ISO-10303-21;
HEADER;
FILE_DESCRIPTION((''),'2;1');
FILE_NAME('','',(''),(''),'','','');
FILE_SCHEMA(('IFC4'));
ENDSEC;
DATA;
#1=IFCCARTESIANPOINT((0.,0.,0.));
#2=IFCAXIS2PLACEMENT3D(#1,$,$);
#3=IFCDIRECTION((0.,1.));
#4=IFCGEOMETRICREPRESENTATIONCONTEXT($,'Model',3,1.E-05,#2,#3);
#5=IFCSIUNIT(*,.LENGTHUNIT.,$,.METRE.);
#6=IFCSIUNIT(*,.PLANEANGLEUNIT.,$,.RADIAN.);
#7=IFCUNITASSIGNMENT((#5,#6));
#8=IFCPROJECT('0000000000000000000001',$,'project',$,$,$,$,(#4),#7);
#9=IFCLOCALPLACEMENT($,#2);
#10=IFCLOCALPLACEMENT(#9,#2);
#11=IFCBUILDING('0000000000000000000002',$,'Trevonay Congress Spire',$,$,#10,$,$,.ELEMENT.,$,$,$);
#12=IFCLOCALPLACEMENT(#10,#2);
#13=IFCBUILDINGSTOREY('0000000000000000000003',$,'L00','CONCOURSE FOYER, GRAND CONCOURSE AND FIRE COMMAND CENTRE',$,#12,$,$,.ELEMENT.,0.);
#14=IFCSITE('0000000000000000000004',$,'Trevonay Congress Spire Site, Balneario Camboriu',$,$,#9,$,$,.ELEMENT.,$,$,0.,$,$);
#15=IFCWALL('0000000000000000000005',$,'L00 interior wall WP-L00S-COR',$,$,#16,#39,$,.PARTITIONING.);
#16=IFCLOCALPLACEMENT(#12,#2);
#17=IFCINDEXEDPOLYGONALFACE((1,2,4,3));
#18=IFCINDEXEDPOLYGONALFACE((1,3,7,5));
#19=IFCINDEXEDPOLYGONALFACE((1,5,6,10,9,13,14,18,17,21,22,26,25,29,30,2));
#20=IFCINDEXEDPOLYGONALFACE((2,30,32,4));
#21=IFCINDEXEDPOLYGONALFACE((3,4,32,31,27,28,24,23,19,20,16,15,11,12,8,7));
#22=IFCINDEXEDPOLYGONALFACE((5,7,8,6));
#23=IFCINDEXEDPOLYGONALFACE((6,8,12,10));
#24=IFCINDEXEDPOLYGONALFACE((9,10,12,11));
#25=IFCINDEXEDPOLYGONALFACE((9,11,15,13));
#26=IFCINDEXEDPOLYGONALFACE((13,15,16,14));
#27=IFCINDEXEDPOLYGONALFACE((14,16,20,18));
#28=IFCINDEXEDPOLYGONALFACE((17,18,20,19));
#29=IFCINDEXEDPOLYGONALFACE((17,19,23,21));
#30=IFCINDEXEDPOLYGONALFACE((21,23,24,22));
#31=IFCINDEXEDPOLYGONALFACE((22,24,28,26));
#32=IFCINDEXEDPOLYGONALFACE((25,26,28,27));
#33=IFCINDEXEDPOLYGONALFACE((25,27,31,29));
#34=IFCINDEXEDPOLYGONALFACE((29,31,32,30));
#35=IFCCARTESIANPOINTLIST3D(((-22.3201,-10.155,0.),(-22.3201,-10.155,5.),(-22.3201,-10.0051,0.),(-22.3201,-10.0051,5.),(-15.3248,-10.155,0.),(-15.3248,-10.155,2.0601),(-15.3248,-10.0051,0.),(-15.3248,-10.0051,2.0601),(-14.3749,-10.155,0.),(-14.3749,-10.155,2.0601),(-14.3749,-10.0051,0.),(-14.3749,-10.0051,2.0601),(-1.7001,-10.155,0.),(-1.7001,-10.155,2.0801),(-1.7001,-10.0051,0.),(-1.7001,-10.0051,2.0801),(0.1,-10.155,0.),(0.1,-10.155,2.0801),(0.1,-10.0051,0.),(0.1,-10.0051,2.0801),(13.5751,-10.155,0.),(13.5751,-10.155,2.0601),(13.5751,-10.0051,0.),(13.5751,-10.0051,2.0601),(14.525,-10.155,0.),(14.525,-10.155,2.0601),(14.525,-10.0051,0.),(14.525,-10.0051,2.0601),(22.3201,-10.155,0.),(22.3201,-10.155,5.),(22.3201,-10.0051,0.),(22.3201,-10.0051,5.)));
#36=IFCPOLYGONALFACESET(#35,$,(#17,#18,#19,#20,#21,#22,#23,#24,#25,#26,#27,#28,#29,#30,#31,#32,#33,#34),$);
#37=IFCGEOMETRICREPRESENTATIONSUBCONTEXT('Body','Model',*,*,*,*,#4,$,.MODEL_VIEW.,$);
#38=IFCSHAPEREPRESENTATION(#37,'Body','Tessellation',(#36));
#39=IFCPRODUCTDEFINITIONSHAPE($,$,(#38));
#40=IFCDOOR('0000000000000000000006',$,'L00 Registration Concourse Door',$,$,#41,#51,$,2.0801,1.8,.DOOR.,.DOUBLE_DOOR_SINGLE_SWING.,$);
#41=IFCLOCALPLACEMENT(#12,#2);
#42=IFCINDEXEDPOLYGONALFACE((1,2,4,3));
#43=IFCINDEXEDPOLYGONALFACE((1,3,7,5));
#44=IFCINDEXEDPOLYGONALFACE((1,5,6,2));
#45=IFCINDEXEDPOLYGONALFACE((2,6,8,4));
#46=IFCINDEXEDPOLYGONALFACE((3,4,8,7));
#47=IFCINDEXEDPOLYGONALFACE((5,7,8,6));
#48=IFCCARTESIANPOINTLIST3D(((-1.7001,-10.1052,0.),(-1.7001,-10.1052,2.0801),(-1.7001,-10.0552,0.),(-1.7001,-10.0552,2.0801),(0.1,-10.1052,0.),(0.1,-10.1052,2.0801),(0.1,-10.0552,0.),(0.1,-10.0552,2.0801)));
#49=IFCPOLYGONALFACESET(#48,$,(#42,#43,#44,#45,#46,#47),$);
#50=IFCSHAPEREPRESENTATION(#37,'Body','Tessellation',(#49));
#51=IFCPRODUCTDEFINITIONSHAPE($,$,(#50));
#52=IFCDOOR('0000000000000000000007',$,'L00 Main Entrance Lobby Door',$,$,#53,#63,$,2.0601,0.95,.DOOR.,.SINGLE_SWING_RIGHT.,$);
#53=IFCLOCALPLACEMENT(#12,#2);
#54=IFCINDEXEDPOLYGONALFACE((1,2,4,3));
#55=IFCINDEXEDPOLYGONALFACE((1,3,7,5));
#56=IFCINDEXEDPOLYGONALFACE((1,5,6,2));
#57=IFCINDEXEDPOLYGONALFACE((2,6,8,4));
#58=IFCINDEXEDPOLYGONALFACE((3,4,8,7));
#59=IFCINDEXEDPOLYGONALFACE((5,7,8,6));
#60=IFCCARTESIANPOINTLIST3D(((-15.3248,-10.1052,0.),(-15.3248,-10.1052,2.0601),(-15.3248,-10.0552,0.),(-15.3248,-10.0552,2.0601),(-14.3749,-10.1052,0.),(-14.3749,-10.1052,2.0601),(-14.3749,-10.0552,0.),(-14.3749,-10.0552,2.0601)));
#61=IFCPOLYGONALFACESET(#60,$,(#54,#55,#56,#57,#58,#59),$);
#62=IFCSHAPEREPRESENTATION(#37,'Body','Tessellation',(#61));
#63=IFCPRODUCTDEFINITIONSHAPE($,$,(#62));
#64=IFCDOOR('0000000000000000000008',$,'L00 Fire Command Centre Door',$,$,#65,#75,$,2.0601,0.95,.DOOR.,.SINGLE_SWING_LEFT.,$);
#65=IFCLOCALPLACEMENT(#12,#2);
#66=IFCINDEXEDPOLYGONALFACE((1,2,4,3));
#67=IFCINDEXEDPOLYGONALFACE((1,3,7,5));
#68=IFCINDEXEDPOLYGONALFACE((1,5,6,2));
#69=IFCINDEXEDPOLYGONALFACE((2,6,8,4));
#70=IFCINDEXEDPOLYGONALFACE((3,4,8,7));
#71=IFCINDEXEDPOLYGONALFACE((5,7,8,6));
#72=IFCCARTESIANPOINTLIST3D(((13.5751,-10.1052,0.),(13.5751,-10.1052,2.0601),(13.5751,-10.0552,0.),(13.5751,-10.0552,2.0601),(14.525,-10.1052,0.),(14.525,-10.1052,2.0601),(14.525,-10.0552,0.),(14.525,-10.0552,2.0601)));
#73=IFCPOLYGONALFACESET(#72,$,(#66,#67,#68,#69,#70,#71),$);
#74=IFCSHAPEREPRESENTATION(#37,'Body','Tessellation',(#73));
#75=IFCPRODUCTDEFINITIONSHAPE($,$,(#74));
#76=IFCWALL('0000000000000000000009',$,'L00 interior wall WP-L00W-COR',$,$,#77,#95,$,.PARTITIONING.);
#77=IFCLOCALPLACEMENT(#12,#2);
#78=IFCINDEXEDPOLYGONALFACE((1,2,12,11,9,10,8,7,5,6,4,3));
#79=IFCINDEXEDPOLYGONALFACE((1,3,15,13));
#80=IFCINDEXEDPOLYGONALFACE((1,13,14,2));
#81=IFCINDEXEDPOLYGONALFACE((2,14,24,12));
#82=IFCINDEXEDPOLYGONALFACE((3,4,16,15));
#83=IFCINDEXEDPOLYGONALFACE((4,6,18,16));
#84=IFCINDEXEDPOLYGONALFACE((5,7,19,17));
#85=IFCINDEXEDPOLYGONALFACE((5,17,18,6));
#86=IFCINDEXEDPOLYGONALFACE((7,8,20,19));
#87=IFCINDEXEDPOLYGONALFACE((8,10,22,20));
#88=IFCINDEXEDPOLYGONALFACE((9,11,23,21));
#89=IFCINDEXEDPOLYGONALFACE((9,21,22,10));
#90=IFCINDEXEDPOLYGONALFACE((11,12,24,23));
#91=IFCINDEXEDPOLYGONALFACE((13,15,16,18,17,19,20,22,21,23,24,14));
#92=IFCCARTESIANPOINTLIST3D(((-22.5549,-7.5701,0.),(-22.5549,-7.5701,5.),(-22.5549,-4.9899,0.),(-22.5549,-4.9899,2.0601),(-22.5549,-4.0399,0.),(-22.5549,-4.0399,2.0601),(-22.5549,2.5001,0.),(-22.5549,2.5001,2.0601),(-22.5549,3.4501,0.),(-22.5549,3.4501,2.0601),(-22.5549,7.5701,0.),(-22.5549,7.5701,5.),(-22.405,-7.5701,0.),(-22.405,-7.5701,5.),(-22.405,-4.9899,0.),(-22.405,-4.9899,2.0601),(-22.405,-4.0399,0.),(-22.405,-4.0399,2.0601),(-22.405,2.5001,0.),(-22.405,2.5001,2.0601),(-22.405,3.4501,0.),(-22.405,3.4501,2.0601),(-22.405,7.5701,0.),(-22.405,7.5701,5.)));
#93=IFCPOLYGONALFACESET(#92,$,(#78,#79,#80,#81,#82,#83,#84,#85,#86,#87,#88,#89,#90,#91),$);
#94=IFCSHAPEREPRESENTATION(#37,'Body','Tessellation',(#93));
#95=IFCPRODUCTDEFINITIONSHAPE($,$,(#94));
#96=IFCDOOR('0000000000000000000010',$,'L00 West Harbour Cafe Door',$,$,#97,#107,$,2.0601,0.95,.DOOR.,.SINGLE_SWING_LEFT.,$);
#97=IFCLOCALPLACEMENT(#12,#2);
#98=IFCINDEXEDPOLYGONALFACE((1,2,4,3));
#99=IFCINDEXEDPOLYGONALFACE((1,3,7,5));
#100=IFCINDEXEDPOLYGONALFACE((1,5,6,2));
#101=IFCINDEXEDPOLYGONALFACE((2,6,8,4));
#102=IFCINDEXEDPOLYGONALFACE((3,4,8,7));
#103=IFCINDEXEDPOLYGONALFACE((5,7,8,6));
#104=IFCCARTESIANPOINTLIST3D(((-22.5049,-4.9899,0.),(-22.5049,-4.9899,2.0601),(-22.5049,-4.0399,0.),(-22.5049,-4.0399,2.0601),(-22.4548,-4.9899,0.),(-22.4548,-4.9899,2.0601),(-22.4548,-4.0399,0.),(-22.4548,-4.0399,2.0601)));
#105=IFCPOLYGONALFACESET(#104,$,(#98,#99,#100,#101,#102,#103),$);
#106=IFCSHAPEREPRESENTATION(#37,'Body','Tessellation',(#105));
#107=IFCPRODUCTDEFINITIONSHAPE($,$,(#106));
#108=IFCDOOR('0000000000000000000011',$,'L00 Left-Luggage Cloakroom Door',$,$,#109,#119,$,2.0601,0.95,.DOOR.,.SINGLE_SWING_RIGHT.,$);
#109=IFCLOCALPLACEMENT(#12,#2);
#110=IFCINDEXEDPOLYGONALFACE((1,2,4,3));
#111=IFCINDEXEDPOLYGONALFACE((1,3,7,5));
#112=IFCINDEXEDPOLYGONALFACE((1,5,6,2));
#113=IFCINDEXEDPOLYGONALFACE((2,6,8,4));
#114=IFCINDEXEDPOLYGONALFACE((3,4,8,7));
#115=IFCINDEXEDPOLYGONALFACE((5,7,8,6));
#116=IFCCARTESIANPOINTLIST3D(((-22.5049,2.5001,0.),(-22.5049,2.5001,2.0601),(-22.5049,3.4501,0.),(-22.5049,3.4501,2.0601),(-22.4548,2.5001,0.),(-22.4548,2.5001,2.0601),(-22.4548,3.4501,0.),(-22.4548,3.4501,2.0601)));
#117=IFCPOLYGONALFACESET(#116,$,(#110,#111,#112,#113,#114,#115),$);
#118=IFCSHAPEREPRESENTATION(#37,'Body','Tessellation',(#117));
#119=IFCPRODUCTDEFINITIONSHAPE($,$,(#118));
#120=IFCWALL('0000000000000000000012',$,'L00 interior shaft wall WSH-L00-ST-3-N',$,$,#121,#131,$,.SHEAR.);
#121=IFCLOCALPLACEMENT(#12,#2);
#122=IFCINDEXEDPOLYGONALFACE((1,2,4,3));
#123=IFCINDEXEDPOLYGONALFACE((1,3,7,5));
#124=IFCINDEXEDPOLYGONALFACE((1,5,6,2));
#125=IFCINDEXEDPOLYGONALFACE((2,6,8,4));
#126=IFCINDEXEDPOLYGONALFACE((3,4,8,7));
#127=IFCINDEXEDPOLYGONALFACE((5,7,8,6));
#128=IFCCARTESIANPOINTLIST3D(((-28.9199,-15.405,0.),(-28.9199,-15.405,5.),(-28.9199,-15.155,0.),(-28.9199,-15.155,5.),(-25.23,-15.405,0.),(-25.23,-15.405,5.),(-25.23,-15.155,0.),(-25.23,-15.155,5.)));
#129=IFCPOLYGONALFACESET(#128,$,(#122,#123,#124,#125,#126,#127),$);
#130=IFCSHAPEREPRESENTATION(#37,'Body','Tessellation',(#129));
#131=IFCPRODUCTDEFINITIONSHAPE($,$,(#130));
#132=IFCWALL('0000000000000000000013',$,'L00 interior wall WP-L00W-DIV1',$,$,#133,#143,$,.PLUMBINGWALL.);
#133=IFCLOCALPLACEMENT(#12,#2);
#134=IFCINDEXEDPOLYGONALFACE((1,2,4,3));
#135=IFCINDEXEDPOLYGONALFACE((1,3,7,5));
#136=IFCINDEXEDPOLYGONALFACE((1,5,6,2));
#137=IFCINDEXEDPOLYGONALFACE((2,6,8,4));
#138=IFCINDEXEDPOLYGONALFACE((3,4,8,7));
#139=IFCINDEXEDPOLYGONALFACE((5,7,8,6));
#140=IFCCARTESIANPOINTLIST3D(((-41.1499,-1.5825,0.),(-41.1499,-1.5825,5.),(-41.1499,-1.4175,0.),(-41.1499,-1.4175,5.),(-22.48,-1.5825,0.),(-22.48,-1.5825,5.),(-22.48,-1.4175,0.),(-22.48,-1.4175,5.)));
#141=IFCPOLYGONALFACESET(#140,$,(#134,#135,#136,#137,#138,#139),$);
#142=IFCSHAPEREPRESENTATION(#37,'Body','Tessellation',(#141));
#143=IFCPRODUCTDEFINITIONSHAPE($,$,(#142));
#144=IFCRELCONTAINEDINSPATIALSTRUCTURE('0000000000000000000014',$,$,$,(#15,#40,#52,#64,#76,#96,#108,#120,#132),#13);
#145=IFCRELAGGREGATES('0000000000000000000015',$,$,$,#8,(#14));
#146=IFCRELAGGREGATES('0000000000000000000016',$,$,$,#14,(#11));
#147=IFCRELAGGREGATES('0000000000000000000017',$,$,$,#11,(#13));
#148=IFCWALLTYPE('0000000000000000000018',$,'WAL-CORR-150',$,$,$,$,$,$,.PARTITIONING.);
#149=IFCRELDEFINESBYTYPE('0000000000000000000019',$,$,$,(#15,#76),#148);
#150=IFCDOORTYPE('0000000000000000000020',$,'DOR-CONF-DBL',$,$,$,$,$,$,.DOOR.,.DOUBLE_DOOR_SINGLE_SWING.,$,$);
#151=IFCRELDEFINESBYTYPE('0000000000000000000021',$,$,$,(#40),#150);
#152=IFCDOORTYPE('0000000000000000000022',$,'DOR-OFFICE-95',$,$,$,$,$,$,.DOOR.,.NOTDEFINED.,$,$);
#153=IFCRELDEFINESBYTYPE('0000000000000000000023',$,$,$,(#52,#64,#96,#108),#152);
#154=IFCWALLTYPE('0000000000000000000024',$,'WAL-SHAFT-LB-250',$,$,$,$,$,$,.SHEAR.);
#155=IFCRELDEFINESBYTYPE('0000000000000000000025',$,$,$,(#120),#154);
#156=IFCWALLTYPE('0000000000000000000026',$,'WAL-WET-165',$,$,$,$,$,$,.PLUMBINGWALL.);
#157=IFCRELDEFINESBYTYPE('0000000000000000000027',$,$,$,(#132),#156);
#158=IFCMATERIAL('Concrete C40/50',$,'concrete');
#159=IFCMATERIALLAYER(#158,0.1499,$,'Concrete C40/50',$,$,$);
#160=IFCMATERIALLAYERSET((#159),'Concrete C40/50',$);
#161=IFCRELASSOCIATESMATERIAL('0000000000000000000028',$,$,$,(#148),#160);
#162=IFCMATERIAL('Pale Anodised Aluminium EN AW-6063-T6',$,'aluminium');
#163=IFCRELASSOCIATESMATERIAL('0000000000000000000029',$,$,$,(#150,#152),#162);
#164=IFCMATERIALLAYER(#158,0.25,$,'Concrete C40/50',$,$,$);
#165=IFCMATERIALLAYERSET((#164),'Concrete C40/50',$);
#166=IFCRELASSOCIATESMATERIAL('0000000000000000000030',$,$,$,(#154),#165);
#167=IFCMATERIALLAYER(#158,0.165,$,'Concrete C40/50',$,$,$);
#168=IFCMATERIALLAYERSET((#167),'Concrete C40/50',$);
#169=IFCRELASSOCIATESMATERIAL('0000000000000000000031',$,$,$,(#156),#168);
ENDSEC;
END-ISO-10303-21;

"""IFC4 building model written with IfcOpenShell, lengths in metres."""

from ifc_helpers import new_model, si_unit, direction, frame, frame_2d, origin, place, context, subcontext, project, spatial, rectangle, extrude, material, layer, layer_set, type_object, element, fill, save


model = new_model("IFC4")

# Units and contexts
model_context = context("Model", 3, precision=1e-05, world=origin(), true_north=direction((0.0, 1.0)))
body_context = subcontext(model_context, "Body", "Model", "MODEL_VIEW")
ifc_project = project(units=[si_unit("LENGTHUNIT", "METRE"), si_unit("PLANEANGLEUNIT", "RADIAN")], contexts=[model_context])

# Site, building, storey
site_placement = place(None, origin())
site = spatial("IfcSite", under=ifc_project, at=site_placement, Name="Trevonay Congress Spire Site, Balneario Camboriu", CompositionType="ELEMENT", RefElevation=0.0)
building_placement = place(site_placement, origin())
building = spatial("IfcBuilding", under=site, at=building_placement, Name="Trevonay Congress Spire", CompositionType="ELEMENT")
storey_placement = place(building_placement, origin())
storey = spatial("IfcBuildingStorey", under=building, at=storey_placement, Name="L00", Description="CONCOURSE FOYER, GRAND CONCOURSE AND FIRE COMMAND CENTRE", CompositionType="ELEMENT", Elevation=0.0)

# Shared definitions
ifc_material_1 = material(Name="Concrete C40/50", Category="concrete")

# Walls, openings, doors
ifc_layer_1 = layer(ifc_material_1, 0.1499, Name="Concrete C40/50")
ifc_layer_set_1 = layer_set([ifc_layer_1], Name="Concrete C40/50")
wall_type_1 = type_object("IfcWallType", Name="WAL-CORR-150", PredefinedType="PARTITIONING", material=ifc_layer_set_1)
wall_1_placement = place(storey_placement, frame((-22.3201, -10.0801, 0.0), z_axis=(0.0, 0.0, 1.0), x_axis=(1.0, 0.0, 0.0)))
wall_1 = element("IfcWall", 1, at=wall_1_placement, inside=storey, type_object=wall_type_1, Name="L00 interior wall WP-L00S-COR", PredefinedType="PARTITIONING", context=body_context, shape_type="SweptSolid", body=[
    extrude(rectangle(XDim=44.6401, YDim=0.1499, at=frame_2d((22.3201, 0.0))), origin(), (0.0, 0.0, 1.0), 5.0),
])
opening_1_placement = place(wall_1_placement, frame((6.9951, 0.0, 0.0)))
opening_1 = element("IfcOpeningElement", 2, at=opening_1_placement, cuts=wall_1, PredefinedType="OPENING", context=body_context, shape_type="SweptSolid", body=[
    extrude(rectangle(XDim=0.95, YDim=2.0601, at=frame_2d((0.4751, 1.03))), frame((0.0, 0.085, 0.0), z_axis=(0.0, -1.0, 0.0), x_axis=(1.0, 0.0, 0.0)), (0.0, 0.0, 1.0), 0.1699),
])
opening_2_placement = place(wall_1_placement, frame((20.6201, 0.0, 0.0)))
opening_2 = element("IfcOpeningElement", 3, at=opening_2_placement, cuts=wall_1, PredefinedType="OPENING", context=body_context, shape_type="SweptSolid", body=[
    extrude(rectangle(XDim=1.8, YDim=2.0801, at=frame_2d((0.8999, 1.04))), frame((0.0, 0.085, 0.0), z_axis=(0.0, -1.0, 0.0), x_axis=(1.0, 0.0, 0.0)), (0.0, 0.0, 1.0), 0.1699),
])
opening_3_placement = place(wall_1_placement, frame((35.895, 0.0, 0.0)))
opening_3 = element("IfcOpeningElement", 4, at=opening_3_placement, cuts=wall_1, PredefinedType="OPENING", context=body_context, shape_type="SweptSolid", body=[
    extrude(rectangle(XDim=0.95, YDim=2.0601, at=frame_2d((0.4751, 1.03))), frame((0.0, 0.085, 0.0), z_axis=(0.0, -1.0, 0.0), x_axis=(1.0, 0.0, 0.0)), (0.0, 0.0, 1.0), 0.1699),
])
ifc_material_2 = material(Name="Pale Anodised Aluminium EN AW-6063-T6", Category="aluminium")
door_type_1 = type_object("IfcDoorType", Name="DOR-CONF-DBL", OperationType="DOUBLE_DOOR_SINGLE_SWING", PredefinedType="DOOR", material=ifc_material_2)
door_1_placement = place(opening_2_placement, origin())
door_1 = element("IfcDoor", 5, at=door_1_placement, inside=storey, type_object=door_type_1, Name="L00 Registration Concourse Door", OperationType="DOUBLE_DOOR_SINGLE_SWING", OverallHeight=2.0801, OverallWidth=1.8, PredefinedType="DOOR", context=body_context, shape_type="SweptSolid", body=[
    extrude(rectangle(XDim=1.8, YDim=2.0801, at=frame_2d((0.8999, 1.04))), frame((0.0, 0.0249, 0.0), z_axis=(0.0, -1.0, 0.0), x_axis=(1.0, 0.0, 0.0)), (0.0, 0.0, 1.0), 0.05),
])
fill(opening_2, door_1)
door_type_2 = type_object("IfcDoorType", Name="DOR-OFFICE-95", OperationType="NOTDEFINED", PredefinedType="DOOR", material=ifc_material_2)
door_2_placement = place(opening_1_placement, origin())
door_2 = element("IfcDoor", 6, at=door_2_placement, inside=storey, type_object=door_type_2, Name="L00 Main Entrance Lobby Door", OperationType="SINGLE_SWING_RIGHT", OverallHeight=2.0601, OverallWidth=0.95, PredefinedType="DOOR", context=body_context, shape_type="SweptSolid", body=[
    extrude(rectangle(XDim=0.95, YDim=2.0601, at=frame_2d((0.4751, 1.03))), frame((0.0, 0.0249, 0.0), z_axis=(0.0, -1.0, 0.0), x_axis=(1.0, 0.0, 0.0)), (0.0, 0.0, 1.0), 0.05),
])
fill(opening_1, door_2)
door_3_placement = place(opening_3_placement, origin())
door_3 = element("IfcDoor", 7, at=door_3_placement, inside=storey, type_object=door_type_2, Name="L00 Fire Command Centre Door", OperationType="SINGLE_SWING_LEFT", OverallHeight=2.0601, OverallWidth=0.95, PredefinedType="DOOR", context=body_context, shape_type="SweptSolid", body=[
    extrude(rectangle(XDim=0.95, YDim=2.0601, at=frame_2d((0.4751, 1.03))), frame((0.0, 0.0249, 0.0), z_axis=(0.0, -1.0, 0.0), x_axis=(1.0, 0.0, 0.0)), (0.0, 0.0, 1.0), 0.05),
])
fill(opening_3, door_3)
wall_2_placement = place(storey_placement, frame((-22.48, -7.5701, 0.0), z_axis=(0.0, 0.0, 1.0), x_axis=(0.0, 1.0, 0.0)))
wall_2 = element("IfcWall", 8, at=wall_2_placement, inside=storey, type_object=wall_type_1, Name="L00 interior wall WP-L00W-COR", PredefinedType="PARTITIONING", context=body_context, shape_type="SweptSolid", body=[
    extrude(rectangle(XDim=15.1401, YDim=0.1499, at=frame_2d((7.5701, 0.0))), origin(), (0.0, 0.0, 1.0), 5.0),
])
opening_4_placement = place(wall_2_placement, frame((2.5801, 0.0, 0.0)))
opening_4 = element("IfcOpeningElement", 9, at=opening_4_placement, cuts=wall_2, PredefinedType="OPENING", context=body_context, shape_type="SweptSolid", body=[
    extrude(rectangle(XDim=0.95, YDim=2.0601, at=frame_2d((0.4751, 1.03))), frame((0.0, 0.085, 0.0), z_axis=(0.0, -1.0, 0.0), x_axis=(1.0, 0.0, 0.0)), (0.0, 0.0, 1.0), 0.1699),
])
opening_5_placement = place(wall_2_placement, frame((10.0701, 0.0, 0.0)))
opening_5 = element("IfcOpeningElement", 10, at=opening_5_placement, cuts=wall_2, PredefinedType="OPENING", context=body_context, shape_type="SweptSolid", body=[
    extrude(rectangle(XDim=0.95, YDim=2.0601, at=frame_2d((0.4751, 1.03))), frame((0.0, 0.085, 0.0), z_axis=(0.0, -1.0, 0.0), x_axis=(1.0, 0.0, 0.0)), (0.0, 0.0, 1.0), 0.1699),
])
door_4_placement = place(opening_4_placement, origin())
door_4 = element("IfcDoor", 11, at=door_4_placement, inside=storey, type_object=door_type_2, Name="L00 West Harbour Cafe Door", OperationType="SINGLE_SWING_LEFT", OverallHeight=2.0601, OverallWidth=0.95, PredefinedType="DOOR", context=body_context, shape_type="SweptSolid", body=[
    extrude(rectangle(XDim=0.95, YDim=2.0601, at=frame_2d((0.4751, 1.03))), frame((0.0, 0.0249, 0.0), z_axis=(0.0, -1.0, 0.0), x_axis=(1.0, 0.0, 0.0)), (0.0, 0.0, 1.0), 0.05),
])
fill(opening_4, door_4)
door_5_placement = place(opening_5_placement, origin())
door_5 = element("IfcDoor", 12, at=door_5_placement, inside=storey, type_object=door_type_2, Name="L00 Left-Luggage Cloakroom Door", OperationType="SINGLE_SWING_RIGHT", OverallHeight=2.0601, OverallWidth=0.95, PredefinedType="DOOR", context=body_context, shape_type="SweptSolid", body=[
    extrude(rectangle(XDim=0.95, YDim=2.0601, at=frame_2d((0.4751, 1.03))), frame((0.0, 0.0249, 0.0), z_axis=(0.0, -1.0, 0.0), x_axis=(1.0, 0.0, 0.0)), (0.0, 0.0, 1.0), 0.05),
])
fill(opening_5, door_5)

# Walls
ifc_layer_2 = layer(ifc_material_1, 0.25, Name="Concrete C40/50")
ifc_layer_set_2 = layer_set([ifc_layer_2], Name="Concrete C40/50")
wall_type_2 = type_object("IfcWallType", Name="WAL-SHAFT-LB-250", PredefinedType="SHEAR", material=ifc_layer_set_2)
wall_3_placement = place(storey_placement, frame((-28.9199, -15.28, 0.0), z_axis=(0.0, 0.0, 1.0), x_axis=(1.0, 0.0, 0.0)))
element("IfcWall", 13, at=wall_3_placement, inside=storey, type_object=wall_type_2, Name="L00 interior shaft wall WSH-L00-ST-3-N", PredefinedType="SHEAR", context=body_context, shape_type="SweptSolid", body=[
    extrude(rectangle(XDim=3.6899, YDim=0.25, at=frame_2d((1.845, 0.0))), origin(), (0.0, 0.0, 1.0), 5.0),
])
ifc_layer_3 = layer(ifc_material_1, 0.165, Name="Concrete C40/50")
ifc_layer_set_3 = layer_set([ifc_layer_3], Name="Concrete C40/50")
wall_type_3 = type_object("IfcWallType", Name="WAL-WET-165", PredefinedType="PLUMBINGWALL", material=ifc_layer_set_3)
wall_4_placement = place(storey_placement, frame((-41.1499, -1.5, 0.0), z_axis=(0.0, 0.0, 1.0), x_axis=(1.0, 0.0, 0.0)))
element("IfcWall", 14, at=wall_4_placement, inside=storey, type_object=wall_type_3, Name="L00 interior wall WP-L00W-DIV1", PredefinedType="PLUMBINGWALL", context=body_context, shape_type="SweptSolid", body=[
    extrude(rectangle(XDim=18.6699, YDim=0.165, at=frame_2d((9.335, 0.0))), origin(), (0.0, 0.0, 1.0), 5.0),
])

save(model, "model.ifc")
